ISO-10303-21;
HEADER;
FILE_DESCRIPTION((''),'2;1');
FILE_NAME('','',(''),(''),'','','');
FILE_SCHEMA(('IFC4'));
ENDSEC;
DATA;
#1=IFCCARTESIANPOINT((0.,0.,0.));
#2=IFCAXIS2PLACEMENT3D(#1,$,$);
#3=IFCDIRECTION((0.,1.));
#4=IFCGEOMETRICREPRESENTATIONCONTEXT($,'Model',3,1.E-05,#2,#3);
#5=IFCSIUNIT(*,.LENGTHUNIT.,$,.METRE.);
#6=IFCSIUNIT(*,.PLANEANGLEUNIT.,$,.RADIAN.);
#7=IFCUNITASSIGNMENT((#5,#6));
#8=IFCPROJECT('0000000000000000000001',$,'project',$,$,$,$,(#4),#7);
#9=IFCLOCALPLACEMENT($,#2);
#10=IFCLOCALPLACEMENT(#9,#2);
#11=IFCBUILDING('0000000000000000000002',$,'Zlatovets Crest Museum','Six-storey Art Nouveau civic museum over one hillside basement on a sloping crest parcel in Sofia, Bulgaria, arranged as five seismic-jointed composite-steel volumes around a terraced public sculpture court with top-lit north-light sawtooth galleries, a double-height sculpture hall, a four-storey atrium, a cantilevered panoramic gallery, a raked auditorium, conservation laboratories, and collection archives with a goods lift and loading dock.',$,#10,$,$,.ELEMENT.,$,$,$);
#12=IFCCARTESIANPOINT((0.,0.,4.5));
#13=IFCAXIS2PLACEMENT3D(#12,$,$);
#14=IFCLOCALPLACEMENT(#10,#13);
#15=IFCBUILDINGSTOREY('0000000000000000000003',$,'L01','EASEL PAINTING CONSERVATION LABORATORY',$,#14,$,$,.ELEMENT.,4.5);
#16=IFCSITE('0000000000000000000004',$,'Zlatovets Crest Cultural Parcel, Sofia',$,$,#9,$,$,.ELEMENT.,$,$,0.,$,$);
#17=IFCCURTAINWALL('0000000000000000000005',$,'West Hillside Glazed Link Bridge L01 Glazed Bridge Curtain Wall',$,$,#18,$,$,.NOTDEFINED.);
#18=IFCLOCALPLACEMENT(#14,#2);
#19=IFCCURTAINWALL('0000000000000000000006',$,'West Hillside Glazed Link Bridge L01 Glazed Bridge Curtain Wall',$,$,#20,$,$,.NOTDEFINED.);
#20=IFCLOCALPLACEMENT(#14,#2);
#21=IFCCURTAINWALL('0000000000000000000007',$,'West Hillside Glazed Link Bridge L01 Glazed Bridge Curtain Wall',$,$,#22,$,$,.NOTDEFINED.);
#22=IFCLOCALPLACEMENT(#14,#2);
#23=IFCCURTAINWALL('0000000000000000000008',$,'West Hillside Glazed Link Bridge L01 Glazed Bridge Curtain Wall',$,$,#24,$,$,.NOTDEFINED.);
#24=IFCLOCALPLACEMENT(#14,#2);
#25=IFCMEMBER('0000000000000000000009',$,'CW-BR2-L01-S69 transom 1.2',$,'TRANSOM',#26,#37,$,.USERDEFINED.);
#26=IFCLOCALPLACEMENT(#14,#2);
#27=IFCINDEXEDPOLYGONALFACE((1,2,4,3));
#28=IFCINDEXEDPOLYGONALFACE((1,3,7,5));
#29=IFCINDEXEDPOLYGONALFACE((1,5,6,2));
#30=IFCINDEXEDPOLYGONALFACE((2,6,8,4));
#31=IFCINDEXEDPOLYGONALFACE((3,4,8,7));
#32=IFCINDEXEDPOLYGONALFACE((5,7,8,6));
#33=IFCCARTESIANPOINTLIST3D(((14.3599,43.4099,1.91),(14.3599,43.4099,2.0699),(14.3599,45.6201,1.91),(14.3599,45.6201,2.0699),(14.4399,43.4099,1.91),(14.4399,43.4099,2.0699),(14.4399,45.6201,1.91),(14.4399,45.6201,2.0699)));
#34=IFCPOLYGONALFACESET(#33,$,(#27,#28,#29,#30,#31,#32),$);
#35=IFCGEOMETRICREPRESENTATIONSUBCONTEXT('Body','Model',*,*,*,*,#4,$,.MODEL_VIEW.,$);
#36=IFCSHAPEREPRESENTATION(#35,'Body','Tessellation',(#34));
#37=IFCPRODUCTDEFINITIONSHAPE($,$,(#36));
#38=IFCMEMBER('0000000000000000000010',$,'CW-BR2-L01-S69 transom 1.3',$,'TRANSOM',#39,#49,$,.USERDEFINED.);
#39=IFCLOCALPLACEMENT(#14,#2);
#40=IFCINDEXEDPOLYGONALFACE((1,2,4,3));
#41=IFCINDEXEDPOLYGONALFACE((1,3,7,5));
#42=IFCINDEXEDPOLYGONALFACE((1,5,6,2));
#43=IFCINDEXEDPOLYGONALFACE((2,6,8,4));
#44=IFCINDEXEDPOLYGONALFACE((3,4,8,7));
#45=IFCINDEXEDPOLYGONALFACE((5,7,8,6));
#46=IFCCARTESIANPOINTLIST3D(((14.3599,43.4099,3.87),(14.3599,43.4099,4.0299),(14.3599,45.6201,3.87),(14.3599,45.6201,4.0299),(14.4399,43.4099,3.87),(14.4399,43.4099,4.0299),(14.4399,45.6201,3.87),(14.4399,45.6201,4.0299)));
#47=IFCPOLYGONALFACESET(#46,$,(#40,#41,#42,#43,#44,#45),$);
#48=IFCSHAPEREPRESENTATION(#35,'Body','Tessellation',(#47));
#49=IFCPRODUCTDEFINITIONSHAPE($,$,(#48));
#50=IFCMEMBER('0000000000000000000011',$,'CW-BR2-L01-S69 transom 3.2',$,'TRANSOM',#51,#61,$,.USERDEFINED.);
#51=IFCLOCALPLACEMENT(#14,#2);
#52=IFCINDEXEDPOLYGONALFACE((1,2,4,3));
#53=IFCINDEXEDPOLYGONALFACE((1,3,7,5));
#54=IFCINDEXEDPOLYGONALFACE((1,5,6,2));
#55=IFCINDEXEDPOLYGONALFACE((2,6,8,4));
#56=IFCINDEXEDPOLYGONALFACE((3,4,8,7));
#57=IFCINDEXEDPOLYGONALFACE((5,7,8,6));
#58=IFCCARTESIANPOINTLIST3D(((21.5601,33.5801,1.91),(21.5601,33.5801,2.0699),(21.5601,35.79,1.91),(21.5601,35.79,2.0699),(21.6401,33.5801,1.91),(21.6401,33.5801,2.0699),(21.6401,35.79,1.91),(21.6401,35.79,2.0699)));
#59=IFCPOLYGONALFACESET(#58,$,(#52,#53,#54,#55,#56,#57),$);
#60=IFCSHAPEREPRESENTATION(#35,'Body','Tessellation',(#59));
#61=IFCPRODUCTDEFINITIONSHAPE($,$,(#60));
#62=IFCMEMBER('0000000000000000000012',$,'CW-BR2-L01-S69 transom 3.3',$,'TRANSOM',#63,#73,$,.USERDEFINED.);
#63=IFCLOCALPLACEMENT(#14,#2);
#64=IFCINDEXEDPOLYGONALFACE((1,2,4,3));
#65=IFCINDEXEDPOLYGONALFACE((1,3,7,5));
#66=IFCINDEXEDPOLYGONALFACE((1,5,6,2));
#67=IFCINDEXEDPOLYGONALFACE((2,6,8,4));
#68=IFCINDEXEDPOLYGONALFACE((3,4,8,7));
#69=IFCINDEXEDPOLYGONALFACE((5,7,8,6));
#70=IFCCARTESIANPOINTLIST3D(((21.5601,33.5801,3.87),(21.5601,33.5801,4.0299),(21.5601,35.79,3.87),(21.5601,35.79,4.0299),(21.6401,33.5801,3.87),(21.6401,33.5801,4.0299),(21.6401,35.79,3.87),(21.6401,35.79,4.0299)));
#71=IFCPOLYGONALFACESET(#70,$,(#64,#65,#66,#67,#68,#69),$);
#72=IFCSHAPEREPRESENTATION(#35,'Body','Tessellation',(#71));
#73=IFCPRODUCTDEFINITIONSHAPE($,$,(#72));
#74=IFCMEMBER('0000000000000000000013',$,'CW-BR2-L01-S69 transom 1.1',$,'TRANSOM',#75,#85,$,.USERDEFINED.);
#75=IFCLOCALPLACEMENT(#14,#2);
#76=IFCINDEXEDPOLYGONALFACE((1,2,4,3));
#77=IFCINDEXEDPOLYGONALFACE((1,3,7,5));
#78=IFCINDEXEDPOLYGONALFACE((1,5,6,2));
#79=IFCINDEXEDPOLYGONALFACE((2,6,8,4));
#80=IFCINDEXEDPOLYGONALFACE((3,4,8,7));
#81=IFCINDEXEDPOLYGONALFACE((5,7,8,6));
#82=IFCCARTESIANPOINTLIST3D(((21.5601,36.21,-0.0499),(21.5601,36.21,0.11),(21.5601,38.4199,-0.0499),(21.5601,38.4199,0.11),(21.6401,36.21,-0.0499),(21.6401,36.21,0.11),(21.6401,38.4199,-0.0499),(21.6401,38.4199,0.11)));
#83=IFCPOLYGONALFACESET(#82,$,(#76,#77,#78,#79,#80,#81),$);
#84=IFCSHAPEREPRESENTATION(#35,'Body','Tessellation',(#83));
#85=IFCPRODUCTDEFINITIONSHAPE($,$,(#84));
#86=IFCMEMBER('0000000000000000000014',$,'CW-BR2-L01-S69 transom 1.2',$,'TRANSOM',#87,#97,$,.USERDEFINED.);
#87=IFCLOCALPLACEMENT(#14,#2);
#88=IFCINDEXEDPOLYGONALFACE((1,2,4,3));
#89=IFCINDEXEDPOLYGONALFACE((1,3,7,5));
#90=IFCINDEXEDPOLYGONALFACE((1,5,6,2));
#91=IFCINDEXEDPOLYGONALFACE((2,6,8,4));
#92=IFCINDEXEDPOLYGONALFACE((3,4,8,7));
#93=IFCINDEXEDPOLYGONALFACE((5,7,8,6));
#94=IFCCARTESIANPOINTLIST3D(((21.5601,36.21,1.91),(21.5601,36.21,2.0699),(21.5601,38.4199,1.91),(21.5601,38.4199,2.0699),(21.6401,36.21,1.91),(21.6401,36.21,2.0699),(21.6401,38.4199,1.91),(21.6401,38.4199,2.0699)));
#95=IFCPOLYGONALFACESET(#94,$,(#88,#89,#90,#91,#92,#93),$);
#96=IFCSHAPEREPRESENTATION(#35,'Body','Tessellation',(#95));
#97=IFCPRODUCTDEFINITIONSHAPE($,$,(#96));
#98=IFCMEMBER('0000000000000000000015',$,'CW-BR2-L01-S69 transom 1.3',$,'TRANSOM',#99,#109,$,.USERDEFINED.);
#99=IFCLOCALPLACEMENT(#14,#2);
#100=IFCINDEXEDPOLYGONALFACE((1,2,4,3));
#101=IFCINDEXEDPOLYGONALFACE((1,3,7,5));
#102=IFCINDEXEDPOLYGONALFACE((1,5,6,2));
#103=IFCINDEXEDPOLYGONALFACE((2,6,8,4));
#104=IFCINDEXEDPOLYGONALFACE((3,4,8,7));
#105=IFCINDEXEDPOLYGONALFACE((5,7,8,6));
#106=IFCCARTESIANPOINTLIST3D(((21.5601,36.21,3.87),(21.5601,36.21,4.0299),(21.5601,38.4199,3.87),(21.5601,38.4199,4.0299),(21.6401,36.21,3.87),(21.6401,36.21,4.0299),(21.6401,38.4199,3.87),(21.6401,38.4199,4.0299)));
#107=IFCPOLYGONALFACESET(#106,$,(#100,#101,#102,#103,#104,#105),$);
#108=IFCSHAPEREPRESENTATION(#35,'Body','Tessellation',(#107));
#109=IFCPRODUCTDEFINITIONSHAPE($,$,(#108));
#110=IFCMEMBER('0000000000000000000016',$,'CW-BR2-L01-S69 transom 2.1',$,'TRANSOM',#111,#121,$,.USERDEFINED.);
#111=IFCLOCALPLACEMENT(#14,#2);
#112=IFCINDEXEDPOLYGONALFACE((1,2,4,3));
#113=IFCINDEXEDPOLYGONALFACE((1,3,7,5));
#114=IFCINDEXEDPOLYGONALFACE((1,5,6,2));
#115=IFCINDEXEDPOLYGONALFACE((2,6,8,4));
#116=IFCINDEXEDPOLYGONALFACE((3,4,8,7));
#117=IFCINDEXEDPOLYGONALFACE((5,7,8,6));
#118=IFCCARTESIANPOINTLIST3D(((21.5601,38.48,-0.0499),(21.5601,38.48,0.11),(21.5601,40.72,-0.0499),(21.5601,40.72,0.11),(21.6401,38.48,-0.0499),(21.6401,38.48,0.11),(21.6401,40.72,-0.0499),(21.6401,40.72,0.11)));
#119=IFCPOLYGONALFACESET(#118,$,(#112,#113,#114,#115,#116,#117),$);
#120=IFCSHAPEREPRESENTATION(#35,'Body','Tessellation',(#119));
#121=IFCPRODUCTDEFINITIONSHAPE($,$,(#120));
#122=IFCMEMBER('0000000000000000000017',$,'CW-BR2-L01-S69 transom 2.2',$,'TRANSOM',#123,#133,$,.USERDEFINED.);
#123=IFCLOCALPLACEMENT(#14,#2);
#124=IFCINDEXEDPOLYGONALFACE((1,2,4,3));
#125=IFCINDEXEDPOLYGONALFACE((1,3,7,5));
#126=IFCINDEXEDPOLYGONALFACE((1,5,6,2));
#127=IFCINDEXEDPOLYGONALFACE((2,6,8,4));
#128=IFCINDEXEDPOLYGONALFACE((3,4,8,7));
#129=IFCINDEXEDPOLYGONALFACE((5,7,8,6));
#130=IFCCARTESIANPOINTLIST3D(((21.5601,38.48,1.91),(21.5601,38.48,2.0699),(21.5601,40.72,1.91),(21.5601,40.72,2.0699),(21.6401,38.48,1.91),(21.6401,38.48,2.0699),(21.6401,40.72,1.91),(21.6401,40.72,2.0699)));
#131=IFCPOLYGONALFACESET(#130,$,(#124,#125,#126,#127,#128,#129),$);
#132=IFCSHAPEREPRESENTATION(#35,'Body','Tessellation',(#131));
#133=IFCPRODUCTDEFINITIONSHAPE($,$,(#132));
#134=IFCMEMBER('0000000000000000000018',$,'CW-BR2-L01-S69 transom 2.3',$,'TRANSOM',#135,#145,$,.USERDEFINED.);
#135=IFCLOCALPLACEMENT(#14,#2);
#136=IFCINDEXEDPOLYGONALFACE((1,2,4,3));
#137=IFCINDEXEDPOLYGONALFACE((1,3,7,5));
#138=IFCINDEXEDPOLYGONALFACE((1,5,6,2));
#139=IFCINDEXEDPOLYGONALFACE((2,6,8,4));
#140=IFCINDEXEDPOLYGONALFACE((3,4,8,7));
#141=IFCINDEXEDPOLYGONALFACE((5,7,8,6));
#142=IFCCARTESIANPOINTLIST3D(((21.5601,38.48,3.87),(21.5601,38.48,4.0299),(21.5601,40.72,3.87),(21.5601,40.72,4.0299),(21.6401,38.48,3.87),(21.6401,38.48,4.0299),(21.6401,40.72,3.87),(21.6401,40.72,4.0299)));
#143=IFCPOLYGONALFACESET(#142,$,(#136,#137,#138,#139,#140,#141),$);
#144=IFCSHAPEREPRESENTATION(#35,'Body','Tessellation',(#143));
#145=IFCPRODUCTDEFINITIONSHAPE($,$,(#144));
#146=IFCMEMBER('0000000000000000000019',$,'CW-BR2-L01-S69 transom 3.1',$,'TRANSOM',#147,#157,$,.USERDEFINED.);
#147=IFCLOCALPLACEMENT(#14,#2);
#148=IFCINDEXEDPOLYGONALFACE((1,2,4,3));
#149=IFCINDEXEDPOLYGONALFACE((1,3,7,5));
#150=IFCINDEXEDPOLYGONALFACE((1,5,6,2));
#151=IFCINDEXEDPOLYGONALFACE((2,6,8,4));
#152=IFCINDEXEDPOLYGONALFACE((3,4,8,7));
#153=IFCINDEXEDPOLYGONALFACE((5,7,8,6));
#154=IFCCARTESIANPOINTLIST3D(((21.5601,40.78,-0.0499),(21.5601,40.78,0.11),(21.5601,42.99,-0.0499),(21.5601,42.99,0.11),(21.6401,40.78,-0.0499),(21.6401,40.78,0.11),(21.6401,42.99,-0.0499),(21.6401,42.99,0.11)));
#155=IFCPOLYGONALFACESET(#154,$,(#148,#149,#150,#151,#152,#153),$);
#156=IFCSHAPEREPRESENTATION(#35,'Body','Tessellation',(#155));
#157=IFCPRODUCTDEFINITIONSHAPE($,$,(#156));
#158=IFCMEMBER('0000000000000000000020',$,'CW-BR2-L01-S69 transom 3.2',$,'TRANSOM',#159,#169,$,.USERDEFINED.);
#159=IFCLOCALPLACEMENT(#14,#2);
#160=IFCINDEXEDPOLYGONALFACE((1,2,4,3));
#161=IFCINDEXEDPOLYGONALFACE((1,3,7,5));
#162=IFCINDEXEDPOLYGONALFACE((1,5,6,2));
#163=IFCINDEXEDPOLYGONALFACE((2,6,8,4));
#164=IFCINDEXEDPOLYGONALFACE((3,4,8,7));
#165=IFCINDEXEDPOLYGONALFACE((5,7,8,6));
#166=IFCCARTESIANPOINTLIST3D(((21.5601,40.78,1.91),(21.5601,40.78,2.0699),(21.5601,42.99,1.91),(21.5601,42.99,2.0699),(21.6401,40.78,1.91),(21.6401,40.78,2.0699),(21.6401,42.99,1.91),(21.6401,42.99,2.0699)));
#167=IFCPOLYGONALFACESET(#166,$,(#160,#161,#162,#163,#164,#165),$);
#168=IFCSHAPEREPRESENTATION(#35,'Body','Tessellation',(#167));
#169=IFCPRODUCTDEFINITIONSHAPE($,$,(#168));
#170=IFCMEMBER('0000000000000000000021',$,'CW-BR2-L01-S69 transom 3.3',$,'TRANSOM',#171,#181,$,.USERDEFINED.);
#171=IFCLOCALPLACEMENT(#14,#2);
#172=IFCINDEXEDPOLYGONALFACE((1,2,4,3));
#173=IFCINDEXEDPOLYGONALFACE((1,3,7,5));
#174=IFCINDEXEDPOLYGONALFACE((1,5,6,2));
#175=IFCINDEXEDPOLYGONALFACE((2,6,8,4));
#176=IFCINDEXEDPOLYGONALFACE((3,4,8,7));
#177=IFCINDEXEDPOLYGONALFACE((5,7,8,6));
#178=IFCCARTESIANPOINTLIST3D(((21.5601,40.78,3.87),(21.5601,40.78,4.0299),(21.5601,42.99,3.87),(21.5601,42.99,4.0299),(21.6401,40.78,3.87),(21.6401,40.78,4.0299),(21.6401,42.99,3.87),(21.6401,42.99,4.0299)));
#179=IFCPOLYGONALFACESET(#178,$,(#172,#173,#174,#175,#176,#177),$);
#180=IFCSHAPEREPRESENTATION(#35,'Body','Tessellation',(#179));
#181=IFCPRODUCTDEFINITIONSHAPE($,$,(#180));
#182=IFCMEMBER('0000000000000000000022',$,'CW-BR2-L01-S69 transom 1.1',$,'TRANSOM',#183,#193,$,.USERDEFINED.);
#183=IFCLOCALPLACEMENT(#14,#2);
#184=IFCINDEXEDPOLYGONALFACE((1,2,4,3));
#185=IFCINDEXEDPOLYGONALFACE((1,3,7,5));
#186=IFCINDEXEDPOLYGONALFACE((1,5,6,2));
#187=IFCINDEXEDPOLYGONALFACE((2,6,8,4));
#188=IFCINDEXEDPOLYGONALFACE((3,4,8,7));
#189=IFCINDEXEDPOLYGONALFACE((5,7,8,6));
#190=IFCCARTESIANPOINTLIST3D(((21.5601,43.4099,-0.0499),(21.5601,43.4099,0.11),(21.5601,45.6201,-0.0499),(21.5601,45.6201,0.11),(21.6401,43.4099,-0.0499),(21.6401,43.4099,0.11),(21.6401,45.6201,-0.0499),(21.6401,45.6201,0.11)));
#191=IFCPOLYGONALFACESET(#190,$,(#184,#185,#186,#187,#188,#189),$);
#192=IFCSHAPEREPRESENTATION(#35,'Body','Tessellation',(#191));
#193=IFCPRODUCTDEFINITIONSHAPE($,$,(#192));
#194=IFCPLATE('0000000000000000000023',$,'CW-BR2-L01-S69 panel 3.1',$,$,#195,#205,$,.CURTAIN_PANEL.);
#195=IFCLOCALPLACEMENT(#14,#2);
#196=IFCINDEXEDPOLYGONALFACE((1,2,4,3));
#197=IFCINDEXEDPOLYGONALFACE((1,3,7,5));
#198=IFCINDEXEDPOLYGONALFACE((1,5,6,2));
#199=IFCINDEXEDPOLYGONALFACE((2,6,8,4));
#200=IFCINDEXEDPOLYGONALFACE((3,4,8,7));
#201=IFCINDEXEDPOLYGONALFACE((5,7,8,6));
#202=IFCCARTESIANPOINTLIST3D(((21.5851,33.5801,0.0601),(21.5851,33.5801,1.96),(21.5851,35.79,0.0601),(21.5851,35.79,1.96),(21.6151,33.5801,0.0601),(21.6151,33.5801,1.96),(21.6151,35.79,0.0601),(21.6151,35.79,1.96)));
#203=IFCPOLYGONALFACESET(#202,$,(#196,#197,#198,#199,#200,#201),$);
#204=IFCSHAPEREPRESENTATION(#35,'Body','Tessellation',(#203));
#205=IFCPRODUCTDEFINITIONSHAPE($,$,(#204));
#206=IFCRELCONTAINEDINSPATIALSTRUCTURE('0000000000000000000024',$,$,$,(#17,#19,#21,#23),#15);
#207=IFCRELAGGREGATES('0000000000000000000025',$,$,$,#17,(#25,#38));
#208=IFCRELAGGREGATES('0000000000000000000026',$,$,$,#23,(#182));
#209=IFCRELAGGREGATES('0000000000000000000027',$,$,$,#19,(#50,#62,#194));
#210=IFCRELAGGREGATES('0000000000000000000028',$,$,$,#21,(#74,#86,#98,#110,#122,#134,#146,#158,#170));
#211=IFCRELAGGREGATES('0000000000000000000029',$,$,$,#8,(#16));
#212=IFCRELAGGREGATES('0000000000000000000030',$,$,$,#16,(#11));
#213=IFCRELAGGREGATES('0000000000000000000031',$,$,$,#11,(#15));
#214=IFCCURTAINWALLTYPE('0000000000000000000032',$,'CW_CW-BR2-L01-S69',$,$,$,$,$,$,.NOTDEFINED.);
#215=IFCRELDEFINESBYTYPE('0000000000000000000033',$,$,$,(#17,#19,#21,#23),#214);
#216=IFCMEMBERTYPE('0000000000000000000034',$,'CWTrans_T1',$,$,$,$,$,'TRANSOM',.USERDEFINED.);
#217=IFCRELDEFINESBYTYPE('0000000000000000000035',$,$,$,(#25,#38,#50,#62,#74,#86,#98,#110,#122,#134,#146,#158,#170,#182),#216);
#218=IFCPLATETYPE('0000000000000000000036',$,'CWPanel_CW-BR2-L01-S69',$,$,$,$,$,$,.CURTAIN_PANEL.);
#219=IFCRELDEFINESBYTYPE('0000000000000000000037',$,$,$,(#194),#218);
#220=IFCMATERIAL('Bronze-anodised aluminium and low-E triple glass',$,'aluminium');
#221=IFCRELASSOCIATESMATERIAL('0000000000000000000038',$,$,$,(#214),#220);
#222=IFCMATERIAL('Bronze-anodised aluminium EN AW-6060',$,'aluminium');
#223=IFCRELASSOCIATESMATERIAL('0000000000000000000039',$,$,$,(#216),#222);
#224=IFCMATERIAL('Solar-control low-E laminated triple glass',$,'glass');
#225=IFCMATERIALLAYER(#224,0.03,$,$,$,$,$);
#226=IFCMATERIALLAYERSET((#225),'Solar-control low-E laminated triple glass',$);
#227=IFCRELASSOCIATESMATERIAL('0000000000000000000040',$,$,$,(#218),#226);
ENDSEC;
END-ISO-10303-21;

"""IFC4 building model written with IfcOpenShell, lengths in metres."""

from ifc_helpers import new_model, si_unit, direction, frame, origin, origin_2d, place, context, subcontext, project, spatial, rectangle, extrude, material, layer, layer_set, material_profile, profile_set, type_object, element, aggregate, save


model = new_model("IFC4")

# Units and contexts
model_context = context("Model", 3, precision=1e-05, world=origin(), true_north=direction((0.0, 1.0)))
body_context = subcontext(model_context, "Body", "Model", "MODEL_VIEW")
ifc_project = project(units=[si_unit("LENGTHUNIT", "METRE"), si_unit("PLANEANGLEUNIT", "RADIAN")], contexts=[model_context])

# Site, building, storey
site_placement = place(None, origin())
site = spatial("IfcSite", under=ifc_project, at=site_placement, Name="Zlatovets Crest Cultural Parcel, Sofia", CompositionType="ELEMENT", RefElevation=0.0)
building_placement = place(site_placement, origin())
building = spatial("IfcBuilding", under=site, at=building_placement, Name="Zlatovets Crest Museum", Description="Six-storey Art Nouveau civic museum over one hillside basement on a sloping crest parcel in Sofia, Bulgaria, arranged as five seismic-jointed composite-steel volumes around a terraced public sculpture court with top-lit north-light sawtooth galleries, a double-height sculpture hall, a four-storey atrium, a cantilevered panoramic gallery, a raked auditorium, conservation laboratories, and collection archives with a goods lift and loading dock.", CompositionType="ELEMENT")
storey_placement = place(building_placement, frame((0.0, 0.0, 4.5)))
storey = spatial("IfcBuildingStorey", under=building, at=storey_placement, Name="L01", Description="EASEL PAINTING CONSERVATION LABORATORY", CompositionType="ELEMENT", Elevation=4.5)

# Curtain walls
ifc_material_1 = material(Name="Bronze-anodised aluminium and low-E triple glass", Category="aluminium")
curtain_wall_type = type_object("IfcCurtainWallType", Name="CW_CW-BR2-L01-S69", PredefinedType="NOTDEFINED", material=ifc_material_1)
ifc_material_2 = material(Name="Bronze-anodised aluminium EN AW-6060", Category="aluminium")
curtain_wall_1_placement = place(storey_placement, origin())
curtain_wall_1 = element("IfcCurtainWall", 1, at=curtain_wall_1_placement, inside=storey, type_object=curtain_wall_type, Name="West Hillside Glazed Link Bridge L01 Glazed Bridge Curtain Wall", PredefinedType="NOTDEFINED")
curtain_wall_2_placement = place(storey_placement, origin())
curtain_wall_2 = element("IfcCurtainWall", 2, at=curtain_wall_2_placement, inside=storey, type_object=curtain_wall_type, Name="West Hillside Glazed Link Bridge L01 Glazed Bridge Curtain Wall", PredefinedType="NOTDEFINED")

# Curtain wall
curtain_wall_3_placement = place(storey_placement, origin())
curtain_wall_3 = element("IfcCurtainWall", 3, at=curtain_wall_3_placement, inside=storey, type_object=curtain_wall_type, Name="West Hillside Glazed Link Bridge L01 Glazed Bridge Curtain Wall", PredefinedType="NOTDEFINED")

# Curtain wall
curtain_wall_4_placement = place(storey_placement, origin())
curtain_wall_4 = element("IfcCurtainWall", 4, at=curtain_wall_4_placement, inside=storey, type_object=curtain_wall_type, Name="West Hillside Glazed Link Bridge L01 Glazed Bridge Curtain Wall", PredefinedType="NOTDEFINED")

# Members
ifc_material_profile_1 = material_profile(ifc_material_2, rectangle(XDim=0.0801, YDim=0.1599, at=origin_2d()), Name="ALU 80x160")
ifc_profile_set_1 = profile_set([ifc_material_profile_1], Name="Bronze-anodised aluminium EN AW-6060")
member_type_1 = type_object("IfcMemberType", Name="CWTrans_T1", ElementType="TRANSOM", PredefinedType="USERDEFINED", material=ifc_profile_set_1)
member_1_placement = place(storey_placement, frame((14.3999, 43.4099, 1.99), z_axis=(0.0, 1.0, 0.0), x_axis=(-1.0, 0.0, 0.0)))
member_1 = element("IfcMember", 5, at=member_1_placement, type_object=member_type_1, Name="CW-BR2-L01-S69 transom 1.2", ObjectType="TRANSOM", PredefinedType="USERDEFINED", context=body_context, shape_type="SweptSolid", body=[
    extrude(rectangle(XDim=0.0801, YDim=0.1599, at=origin_2d()), origin(), (0.0, 0.0, 1.0), 2.2102),
])
member_2_placement = place(storey_placement, frame((14.3999, 43.4099, 3.95), z_axis=(0.0, 1.0, 0.0), x_axis=(-1.0, 0.0, 0.0)))
member_2 = element("IfcMember", 6, at=member_2_placement, type_object=member_type_1, Name="CW-BR2-L01-S69 transom 1.3", ObjectType="TRANSOM", PredefinedType="USERDEFINED", context=body_context, shape_type="SweptSolid", body=[
    extrude(rectangle(XDim=0.0801, YDim=0.1599, at=origin_2d()), origin(), (0.0, 0.0, 1.0), 2.2102),
])
aggregate(curtain_wall_1, [member_1, member_2])
member_3_placement = place(storey_placement, frame((21.6001, 33.5801, 1.99), z_axis=(0.0, 1.0, 0.0), x_axis=(-1.0, 0.0, 0.0)))
member_3 = element("IfcMember", 7, at=member_3_placement, type_object=member_type_1, Name="CW-BR2-L01-S69 transom 3.2", ObjectType="TRANSOM", PredefinedType="USERDEFINED", context=body_context, shape_type="SweptSolid", body=[
    extrude(rectangle(XDim=0.0801, YDim=0.1599, at=origin_2d()), origin(), (0.0, 0.0, 1.0), 2.21),
])
member_4_placement = place(storey_placement, frame((21.6001, 33.5801, 3.95), z_axis=(0.0, 1.0, 0.0), x_axis=(-1.0, 0.0, 0.0)))
member_4 = element("IfcMember", 8, at=member_4_placement, type_object=member_type_1, Name="CW-BR2-L01-S69 transom 3.3", ObjectType="TRANSOM", PredefinedType="USERDEFINED", context=body_context, shape_type="SweptSolid", body=[
    extrude(rectangle(XDim=0.0801, YDim=0.1599, at=origin_2d()), origin(), (0.0, 0.0, 1.0), 2.21),
])
member_5_placement = place(storey_placement, frame((21.6001, 36.21, 0.03), z_axis=(0.0, 1.0, 0.0), x_axis=(-1.0, 0.0, 0.0)))
member_5 = element("IfcMember", 9, at=member_5_placement, type_object=member_type_1, Name="CW-BR2-L01-S69 transom 1.1", ObjectType="TRANSOM", PredefinedType="USERDEFINED", context=body_context, shape_type="SweptSolid", body=[
    extrude(rectangle(XDim=0.0801, YDim=0.1599, at=origin_2d()), origin(), (0.0, 0.0, 1.0), 2.21),
])
member_6_placement = place(storey_placement, frame((21.6001, 36.21, 1.99), z_axis=(0.0, 1.0, 0.0), x_axis=(-1.0, 0.0, 0.0)))
member_6 = element("IfcMember", 10, at=member_6_placement, type_object=member_type_1, Name="CW-BR2-L01-S69 transom 1.2", ObjectType="TRANSOM", PredefinedType="USERDEFINED", context=body_context, shape_type="SweptSolid", body=[
    extrude(rectangle(XDim=0.0801, YDim=0.1599, at=origin_2d()), origin(), (0.0, 0.0, 1.0), 2.21),
])
member_7_placement = place(storey_placement, frame((21.6001, 36.21, 3.95), z_axis=(0.0, 1.0, 0.0), x_axis=(-1.0, 0.0, 0.0)))
member_7 = element("IfcMember", 11, at=member_7_placement, type_object=member_type_1, Name="CW-BR2-L01-S69 transom 1.3", ObjectType="TRANSOM", PredefinedType="USERDEFINED", context=body_context, shape_type="SweptSolid", body=[
    extrude(rectangle(XDim=0.0801, YDim=0.1599, at=origin_2d()), origin(), (0.0, 0.0, 1.0), 2.21),
])
member_8_placement = place(storey_placement, frame((21.6001, 38.48, 0.03), z_axis=(0.0, 1.0, 0.0), x_axis=(-1.0, 0.0, 0.0)))
member_8 = element("IfcMember", 12, at=member_8_placement, type_object=member_type_1, Name="CW-BR2-L01-S69 transom 2.1", ObjectType="TRANSOM", PredefinedType="USERDEFINED", context=body_context, shape_type="SweptSolid", body=[
    extrude(rectangle(XDim=0.0801, YDim=0.1599, at=origin_2d()), origin(), (0.0, 0.0, 1.0), 2.24),
])
member_9_placement = place(storey_placement, frame((21.6001, 38.48, 1.99), z_axis=(0.0, 1.0, 0.0), x_axis=(-1.0, 0.0, 0.0)))
member_9 = element("IfcMember", 13, at=member_9_placement, type_object=member_type_1, Name="CW-BR2-L01-S69 transom 2.2", ObjectType="TRANSOM", PredefinedType="USERDEFINED", context=body_context, shape_type="SweptSolid", body=[
    extrude(rectangle(XDim=0.0801, YDim=0.1599, at=origin_2d()), origin(), (0.0, 0.0, 1.0), 2.24),
])
member_10_placement = place(storey_placement, frame((21.6001, 38.48, 3.95), z_axis=(0.0, 1.0, 0.0), x_axis=(-1.0, 0.0, 0.0)))
member_10 = element("IfcMember", 14, at=member_10_placement, type_object=member_type_1, Name="CW-BR2-L01-S69 transom 2.3", ObjectType="TRANSOM", PredefinedType="USERDEFINED", context=body_context, shape_type="SweptSolid", body=[
    extrude(rectangle(XDim=0.0801, YDim=0.1599, at=origin_2d()), origin(), (0.0, 0.0, 1.0), 2.24),
])
member_11_placement = place(storey_placement, frame((21.6001, 40.78, 0.03), z_axis=(0.0, 1.0, 0.0), x_axis=(-1.0, 0.0, 0.0)))
member_11 = element("IfcMember", 15, at=member_11_placement, type_object=member_type_1, Name="CW-BR2-L01-S69 transom 3.1", ObjectType="TRANSOM", PredefinedType="USERDEFINED", context=body_context, shape_type="SweptSolid", body=[
    extrude(rectangle(XDim=0.0801, YDim=0.1599, at=origin_2d()), origin(), (0.0, 0.0, 1.0), 2.21),
])
member_12_placement = place(storey_placement, frame((21.6001, 40.78, 1.99), z_axis=(0.0, 1.0, 0.0), x_axis=(-1.0, 0.0, 0.0)))
member_12 = element("IfcMember", 16, at=member_12_placement, type_object=member_type_1, Name="CW-BR2-L01-S69 transom 3.2", ObjectType="TRANSOM", PredefinedType="USERDEFINED", context=body_context, shape_type="SweptSolid", body=[
    extrude(rectangle(XDim=0.0801, YDim=0.1599, at=origin_2d()), origin(), (0.0, 0.0, 1.0), 2.21),
])
member_13_placement = place(storey_placement, frame((21.6001, 40.78, 3.95), z_axis=(0.0, 1.0, 0.0), x_axis=(-1.0, 0.0, 0.0)))
member_13 = element("IfcMember", 17, at=member_13_placement, type_object=member_type_1, Name="CW-BR2-L01-S69 transom 3.3", ObjectType="TRANSOM", PredefinedType="USERDEFINED", context=body_context, shape_type="SweptSolid", body=[
    extrude(rectangle(XDim=0.0801, YDim=0.1599, at=origin_2d()), origin(), (0.0, 0.0, 1.0), 2.21),
])
member_14_placement = place(storey_placement, frame((21.6001, 43.4099, 0.03), z_axis=(0.0, 1.0, 0.0), x_axis=(-1.0, 0.0, 0.0)))
member_14 = element("IfcMember", 18, at=member_14_placement, type_object=member_type_1, Name="CW-BR2-L01-S69 transom 1.1", ObjectType="TRANSOM", PredefinedType="USERDEFINED", context=body_context, shape_type="SweptSolid", body=[
    extrude(rectangle(XDim=0.0801, YDim=0.1599, at=origin_2d()), origin(), (0.0, 0.0, 1.0), 2.2102),
])
aggregate(curtain_wall_4, [member_14])

# Plate
ifc_material_3 = material(Name="Solar-control low-E laminated triple glass", Category="glass")
ifc_layer = layer(ifc_material_3, 0.03)
ifc_layer_set = layer_set([ifc_layer], Name="Solar-control low-E laminated triple glass")
plate_type = type_object("IfcPlateType", Name="CWPanel_CW-BR2-L01-S69", PredefinedType="CURTAIN_PANEL", material=ifc_layer_set)
plate_1_placement = place(storey_placement, frame((21.6001, 34.6851, 0.0601), z_axis=(0.0, 0.0, 1.0), x_axis=(0.0, 1.0, 0.0)))
plate_1 = element("IfcPlate", 19, at=plate_1_placement, type_object=plate_type, Name="CW-BR2-L01-S69 panel 3.1", PredefinedType="CURTAIN_PANEL", context=body_context, shape_type="SweptSolid", body=[
    extrude(rectangle(XDim=2.21, YDim=0.03, at=origin_2d()), origin(), (0.0, 0.0, 1.0), 1.8999),
])
aggregate(curtain_wall_2, [member_3, member_4, plate_1])
aggregate(curtain_wall_3, [member_5, member_6, member_7, member_8, member_9, member_10, member_11, member_12, member_13])

save(model, "model.ifc")
